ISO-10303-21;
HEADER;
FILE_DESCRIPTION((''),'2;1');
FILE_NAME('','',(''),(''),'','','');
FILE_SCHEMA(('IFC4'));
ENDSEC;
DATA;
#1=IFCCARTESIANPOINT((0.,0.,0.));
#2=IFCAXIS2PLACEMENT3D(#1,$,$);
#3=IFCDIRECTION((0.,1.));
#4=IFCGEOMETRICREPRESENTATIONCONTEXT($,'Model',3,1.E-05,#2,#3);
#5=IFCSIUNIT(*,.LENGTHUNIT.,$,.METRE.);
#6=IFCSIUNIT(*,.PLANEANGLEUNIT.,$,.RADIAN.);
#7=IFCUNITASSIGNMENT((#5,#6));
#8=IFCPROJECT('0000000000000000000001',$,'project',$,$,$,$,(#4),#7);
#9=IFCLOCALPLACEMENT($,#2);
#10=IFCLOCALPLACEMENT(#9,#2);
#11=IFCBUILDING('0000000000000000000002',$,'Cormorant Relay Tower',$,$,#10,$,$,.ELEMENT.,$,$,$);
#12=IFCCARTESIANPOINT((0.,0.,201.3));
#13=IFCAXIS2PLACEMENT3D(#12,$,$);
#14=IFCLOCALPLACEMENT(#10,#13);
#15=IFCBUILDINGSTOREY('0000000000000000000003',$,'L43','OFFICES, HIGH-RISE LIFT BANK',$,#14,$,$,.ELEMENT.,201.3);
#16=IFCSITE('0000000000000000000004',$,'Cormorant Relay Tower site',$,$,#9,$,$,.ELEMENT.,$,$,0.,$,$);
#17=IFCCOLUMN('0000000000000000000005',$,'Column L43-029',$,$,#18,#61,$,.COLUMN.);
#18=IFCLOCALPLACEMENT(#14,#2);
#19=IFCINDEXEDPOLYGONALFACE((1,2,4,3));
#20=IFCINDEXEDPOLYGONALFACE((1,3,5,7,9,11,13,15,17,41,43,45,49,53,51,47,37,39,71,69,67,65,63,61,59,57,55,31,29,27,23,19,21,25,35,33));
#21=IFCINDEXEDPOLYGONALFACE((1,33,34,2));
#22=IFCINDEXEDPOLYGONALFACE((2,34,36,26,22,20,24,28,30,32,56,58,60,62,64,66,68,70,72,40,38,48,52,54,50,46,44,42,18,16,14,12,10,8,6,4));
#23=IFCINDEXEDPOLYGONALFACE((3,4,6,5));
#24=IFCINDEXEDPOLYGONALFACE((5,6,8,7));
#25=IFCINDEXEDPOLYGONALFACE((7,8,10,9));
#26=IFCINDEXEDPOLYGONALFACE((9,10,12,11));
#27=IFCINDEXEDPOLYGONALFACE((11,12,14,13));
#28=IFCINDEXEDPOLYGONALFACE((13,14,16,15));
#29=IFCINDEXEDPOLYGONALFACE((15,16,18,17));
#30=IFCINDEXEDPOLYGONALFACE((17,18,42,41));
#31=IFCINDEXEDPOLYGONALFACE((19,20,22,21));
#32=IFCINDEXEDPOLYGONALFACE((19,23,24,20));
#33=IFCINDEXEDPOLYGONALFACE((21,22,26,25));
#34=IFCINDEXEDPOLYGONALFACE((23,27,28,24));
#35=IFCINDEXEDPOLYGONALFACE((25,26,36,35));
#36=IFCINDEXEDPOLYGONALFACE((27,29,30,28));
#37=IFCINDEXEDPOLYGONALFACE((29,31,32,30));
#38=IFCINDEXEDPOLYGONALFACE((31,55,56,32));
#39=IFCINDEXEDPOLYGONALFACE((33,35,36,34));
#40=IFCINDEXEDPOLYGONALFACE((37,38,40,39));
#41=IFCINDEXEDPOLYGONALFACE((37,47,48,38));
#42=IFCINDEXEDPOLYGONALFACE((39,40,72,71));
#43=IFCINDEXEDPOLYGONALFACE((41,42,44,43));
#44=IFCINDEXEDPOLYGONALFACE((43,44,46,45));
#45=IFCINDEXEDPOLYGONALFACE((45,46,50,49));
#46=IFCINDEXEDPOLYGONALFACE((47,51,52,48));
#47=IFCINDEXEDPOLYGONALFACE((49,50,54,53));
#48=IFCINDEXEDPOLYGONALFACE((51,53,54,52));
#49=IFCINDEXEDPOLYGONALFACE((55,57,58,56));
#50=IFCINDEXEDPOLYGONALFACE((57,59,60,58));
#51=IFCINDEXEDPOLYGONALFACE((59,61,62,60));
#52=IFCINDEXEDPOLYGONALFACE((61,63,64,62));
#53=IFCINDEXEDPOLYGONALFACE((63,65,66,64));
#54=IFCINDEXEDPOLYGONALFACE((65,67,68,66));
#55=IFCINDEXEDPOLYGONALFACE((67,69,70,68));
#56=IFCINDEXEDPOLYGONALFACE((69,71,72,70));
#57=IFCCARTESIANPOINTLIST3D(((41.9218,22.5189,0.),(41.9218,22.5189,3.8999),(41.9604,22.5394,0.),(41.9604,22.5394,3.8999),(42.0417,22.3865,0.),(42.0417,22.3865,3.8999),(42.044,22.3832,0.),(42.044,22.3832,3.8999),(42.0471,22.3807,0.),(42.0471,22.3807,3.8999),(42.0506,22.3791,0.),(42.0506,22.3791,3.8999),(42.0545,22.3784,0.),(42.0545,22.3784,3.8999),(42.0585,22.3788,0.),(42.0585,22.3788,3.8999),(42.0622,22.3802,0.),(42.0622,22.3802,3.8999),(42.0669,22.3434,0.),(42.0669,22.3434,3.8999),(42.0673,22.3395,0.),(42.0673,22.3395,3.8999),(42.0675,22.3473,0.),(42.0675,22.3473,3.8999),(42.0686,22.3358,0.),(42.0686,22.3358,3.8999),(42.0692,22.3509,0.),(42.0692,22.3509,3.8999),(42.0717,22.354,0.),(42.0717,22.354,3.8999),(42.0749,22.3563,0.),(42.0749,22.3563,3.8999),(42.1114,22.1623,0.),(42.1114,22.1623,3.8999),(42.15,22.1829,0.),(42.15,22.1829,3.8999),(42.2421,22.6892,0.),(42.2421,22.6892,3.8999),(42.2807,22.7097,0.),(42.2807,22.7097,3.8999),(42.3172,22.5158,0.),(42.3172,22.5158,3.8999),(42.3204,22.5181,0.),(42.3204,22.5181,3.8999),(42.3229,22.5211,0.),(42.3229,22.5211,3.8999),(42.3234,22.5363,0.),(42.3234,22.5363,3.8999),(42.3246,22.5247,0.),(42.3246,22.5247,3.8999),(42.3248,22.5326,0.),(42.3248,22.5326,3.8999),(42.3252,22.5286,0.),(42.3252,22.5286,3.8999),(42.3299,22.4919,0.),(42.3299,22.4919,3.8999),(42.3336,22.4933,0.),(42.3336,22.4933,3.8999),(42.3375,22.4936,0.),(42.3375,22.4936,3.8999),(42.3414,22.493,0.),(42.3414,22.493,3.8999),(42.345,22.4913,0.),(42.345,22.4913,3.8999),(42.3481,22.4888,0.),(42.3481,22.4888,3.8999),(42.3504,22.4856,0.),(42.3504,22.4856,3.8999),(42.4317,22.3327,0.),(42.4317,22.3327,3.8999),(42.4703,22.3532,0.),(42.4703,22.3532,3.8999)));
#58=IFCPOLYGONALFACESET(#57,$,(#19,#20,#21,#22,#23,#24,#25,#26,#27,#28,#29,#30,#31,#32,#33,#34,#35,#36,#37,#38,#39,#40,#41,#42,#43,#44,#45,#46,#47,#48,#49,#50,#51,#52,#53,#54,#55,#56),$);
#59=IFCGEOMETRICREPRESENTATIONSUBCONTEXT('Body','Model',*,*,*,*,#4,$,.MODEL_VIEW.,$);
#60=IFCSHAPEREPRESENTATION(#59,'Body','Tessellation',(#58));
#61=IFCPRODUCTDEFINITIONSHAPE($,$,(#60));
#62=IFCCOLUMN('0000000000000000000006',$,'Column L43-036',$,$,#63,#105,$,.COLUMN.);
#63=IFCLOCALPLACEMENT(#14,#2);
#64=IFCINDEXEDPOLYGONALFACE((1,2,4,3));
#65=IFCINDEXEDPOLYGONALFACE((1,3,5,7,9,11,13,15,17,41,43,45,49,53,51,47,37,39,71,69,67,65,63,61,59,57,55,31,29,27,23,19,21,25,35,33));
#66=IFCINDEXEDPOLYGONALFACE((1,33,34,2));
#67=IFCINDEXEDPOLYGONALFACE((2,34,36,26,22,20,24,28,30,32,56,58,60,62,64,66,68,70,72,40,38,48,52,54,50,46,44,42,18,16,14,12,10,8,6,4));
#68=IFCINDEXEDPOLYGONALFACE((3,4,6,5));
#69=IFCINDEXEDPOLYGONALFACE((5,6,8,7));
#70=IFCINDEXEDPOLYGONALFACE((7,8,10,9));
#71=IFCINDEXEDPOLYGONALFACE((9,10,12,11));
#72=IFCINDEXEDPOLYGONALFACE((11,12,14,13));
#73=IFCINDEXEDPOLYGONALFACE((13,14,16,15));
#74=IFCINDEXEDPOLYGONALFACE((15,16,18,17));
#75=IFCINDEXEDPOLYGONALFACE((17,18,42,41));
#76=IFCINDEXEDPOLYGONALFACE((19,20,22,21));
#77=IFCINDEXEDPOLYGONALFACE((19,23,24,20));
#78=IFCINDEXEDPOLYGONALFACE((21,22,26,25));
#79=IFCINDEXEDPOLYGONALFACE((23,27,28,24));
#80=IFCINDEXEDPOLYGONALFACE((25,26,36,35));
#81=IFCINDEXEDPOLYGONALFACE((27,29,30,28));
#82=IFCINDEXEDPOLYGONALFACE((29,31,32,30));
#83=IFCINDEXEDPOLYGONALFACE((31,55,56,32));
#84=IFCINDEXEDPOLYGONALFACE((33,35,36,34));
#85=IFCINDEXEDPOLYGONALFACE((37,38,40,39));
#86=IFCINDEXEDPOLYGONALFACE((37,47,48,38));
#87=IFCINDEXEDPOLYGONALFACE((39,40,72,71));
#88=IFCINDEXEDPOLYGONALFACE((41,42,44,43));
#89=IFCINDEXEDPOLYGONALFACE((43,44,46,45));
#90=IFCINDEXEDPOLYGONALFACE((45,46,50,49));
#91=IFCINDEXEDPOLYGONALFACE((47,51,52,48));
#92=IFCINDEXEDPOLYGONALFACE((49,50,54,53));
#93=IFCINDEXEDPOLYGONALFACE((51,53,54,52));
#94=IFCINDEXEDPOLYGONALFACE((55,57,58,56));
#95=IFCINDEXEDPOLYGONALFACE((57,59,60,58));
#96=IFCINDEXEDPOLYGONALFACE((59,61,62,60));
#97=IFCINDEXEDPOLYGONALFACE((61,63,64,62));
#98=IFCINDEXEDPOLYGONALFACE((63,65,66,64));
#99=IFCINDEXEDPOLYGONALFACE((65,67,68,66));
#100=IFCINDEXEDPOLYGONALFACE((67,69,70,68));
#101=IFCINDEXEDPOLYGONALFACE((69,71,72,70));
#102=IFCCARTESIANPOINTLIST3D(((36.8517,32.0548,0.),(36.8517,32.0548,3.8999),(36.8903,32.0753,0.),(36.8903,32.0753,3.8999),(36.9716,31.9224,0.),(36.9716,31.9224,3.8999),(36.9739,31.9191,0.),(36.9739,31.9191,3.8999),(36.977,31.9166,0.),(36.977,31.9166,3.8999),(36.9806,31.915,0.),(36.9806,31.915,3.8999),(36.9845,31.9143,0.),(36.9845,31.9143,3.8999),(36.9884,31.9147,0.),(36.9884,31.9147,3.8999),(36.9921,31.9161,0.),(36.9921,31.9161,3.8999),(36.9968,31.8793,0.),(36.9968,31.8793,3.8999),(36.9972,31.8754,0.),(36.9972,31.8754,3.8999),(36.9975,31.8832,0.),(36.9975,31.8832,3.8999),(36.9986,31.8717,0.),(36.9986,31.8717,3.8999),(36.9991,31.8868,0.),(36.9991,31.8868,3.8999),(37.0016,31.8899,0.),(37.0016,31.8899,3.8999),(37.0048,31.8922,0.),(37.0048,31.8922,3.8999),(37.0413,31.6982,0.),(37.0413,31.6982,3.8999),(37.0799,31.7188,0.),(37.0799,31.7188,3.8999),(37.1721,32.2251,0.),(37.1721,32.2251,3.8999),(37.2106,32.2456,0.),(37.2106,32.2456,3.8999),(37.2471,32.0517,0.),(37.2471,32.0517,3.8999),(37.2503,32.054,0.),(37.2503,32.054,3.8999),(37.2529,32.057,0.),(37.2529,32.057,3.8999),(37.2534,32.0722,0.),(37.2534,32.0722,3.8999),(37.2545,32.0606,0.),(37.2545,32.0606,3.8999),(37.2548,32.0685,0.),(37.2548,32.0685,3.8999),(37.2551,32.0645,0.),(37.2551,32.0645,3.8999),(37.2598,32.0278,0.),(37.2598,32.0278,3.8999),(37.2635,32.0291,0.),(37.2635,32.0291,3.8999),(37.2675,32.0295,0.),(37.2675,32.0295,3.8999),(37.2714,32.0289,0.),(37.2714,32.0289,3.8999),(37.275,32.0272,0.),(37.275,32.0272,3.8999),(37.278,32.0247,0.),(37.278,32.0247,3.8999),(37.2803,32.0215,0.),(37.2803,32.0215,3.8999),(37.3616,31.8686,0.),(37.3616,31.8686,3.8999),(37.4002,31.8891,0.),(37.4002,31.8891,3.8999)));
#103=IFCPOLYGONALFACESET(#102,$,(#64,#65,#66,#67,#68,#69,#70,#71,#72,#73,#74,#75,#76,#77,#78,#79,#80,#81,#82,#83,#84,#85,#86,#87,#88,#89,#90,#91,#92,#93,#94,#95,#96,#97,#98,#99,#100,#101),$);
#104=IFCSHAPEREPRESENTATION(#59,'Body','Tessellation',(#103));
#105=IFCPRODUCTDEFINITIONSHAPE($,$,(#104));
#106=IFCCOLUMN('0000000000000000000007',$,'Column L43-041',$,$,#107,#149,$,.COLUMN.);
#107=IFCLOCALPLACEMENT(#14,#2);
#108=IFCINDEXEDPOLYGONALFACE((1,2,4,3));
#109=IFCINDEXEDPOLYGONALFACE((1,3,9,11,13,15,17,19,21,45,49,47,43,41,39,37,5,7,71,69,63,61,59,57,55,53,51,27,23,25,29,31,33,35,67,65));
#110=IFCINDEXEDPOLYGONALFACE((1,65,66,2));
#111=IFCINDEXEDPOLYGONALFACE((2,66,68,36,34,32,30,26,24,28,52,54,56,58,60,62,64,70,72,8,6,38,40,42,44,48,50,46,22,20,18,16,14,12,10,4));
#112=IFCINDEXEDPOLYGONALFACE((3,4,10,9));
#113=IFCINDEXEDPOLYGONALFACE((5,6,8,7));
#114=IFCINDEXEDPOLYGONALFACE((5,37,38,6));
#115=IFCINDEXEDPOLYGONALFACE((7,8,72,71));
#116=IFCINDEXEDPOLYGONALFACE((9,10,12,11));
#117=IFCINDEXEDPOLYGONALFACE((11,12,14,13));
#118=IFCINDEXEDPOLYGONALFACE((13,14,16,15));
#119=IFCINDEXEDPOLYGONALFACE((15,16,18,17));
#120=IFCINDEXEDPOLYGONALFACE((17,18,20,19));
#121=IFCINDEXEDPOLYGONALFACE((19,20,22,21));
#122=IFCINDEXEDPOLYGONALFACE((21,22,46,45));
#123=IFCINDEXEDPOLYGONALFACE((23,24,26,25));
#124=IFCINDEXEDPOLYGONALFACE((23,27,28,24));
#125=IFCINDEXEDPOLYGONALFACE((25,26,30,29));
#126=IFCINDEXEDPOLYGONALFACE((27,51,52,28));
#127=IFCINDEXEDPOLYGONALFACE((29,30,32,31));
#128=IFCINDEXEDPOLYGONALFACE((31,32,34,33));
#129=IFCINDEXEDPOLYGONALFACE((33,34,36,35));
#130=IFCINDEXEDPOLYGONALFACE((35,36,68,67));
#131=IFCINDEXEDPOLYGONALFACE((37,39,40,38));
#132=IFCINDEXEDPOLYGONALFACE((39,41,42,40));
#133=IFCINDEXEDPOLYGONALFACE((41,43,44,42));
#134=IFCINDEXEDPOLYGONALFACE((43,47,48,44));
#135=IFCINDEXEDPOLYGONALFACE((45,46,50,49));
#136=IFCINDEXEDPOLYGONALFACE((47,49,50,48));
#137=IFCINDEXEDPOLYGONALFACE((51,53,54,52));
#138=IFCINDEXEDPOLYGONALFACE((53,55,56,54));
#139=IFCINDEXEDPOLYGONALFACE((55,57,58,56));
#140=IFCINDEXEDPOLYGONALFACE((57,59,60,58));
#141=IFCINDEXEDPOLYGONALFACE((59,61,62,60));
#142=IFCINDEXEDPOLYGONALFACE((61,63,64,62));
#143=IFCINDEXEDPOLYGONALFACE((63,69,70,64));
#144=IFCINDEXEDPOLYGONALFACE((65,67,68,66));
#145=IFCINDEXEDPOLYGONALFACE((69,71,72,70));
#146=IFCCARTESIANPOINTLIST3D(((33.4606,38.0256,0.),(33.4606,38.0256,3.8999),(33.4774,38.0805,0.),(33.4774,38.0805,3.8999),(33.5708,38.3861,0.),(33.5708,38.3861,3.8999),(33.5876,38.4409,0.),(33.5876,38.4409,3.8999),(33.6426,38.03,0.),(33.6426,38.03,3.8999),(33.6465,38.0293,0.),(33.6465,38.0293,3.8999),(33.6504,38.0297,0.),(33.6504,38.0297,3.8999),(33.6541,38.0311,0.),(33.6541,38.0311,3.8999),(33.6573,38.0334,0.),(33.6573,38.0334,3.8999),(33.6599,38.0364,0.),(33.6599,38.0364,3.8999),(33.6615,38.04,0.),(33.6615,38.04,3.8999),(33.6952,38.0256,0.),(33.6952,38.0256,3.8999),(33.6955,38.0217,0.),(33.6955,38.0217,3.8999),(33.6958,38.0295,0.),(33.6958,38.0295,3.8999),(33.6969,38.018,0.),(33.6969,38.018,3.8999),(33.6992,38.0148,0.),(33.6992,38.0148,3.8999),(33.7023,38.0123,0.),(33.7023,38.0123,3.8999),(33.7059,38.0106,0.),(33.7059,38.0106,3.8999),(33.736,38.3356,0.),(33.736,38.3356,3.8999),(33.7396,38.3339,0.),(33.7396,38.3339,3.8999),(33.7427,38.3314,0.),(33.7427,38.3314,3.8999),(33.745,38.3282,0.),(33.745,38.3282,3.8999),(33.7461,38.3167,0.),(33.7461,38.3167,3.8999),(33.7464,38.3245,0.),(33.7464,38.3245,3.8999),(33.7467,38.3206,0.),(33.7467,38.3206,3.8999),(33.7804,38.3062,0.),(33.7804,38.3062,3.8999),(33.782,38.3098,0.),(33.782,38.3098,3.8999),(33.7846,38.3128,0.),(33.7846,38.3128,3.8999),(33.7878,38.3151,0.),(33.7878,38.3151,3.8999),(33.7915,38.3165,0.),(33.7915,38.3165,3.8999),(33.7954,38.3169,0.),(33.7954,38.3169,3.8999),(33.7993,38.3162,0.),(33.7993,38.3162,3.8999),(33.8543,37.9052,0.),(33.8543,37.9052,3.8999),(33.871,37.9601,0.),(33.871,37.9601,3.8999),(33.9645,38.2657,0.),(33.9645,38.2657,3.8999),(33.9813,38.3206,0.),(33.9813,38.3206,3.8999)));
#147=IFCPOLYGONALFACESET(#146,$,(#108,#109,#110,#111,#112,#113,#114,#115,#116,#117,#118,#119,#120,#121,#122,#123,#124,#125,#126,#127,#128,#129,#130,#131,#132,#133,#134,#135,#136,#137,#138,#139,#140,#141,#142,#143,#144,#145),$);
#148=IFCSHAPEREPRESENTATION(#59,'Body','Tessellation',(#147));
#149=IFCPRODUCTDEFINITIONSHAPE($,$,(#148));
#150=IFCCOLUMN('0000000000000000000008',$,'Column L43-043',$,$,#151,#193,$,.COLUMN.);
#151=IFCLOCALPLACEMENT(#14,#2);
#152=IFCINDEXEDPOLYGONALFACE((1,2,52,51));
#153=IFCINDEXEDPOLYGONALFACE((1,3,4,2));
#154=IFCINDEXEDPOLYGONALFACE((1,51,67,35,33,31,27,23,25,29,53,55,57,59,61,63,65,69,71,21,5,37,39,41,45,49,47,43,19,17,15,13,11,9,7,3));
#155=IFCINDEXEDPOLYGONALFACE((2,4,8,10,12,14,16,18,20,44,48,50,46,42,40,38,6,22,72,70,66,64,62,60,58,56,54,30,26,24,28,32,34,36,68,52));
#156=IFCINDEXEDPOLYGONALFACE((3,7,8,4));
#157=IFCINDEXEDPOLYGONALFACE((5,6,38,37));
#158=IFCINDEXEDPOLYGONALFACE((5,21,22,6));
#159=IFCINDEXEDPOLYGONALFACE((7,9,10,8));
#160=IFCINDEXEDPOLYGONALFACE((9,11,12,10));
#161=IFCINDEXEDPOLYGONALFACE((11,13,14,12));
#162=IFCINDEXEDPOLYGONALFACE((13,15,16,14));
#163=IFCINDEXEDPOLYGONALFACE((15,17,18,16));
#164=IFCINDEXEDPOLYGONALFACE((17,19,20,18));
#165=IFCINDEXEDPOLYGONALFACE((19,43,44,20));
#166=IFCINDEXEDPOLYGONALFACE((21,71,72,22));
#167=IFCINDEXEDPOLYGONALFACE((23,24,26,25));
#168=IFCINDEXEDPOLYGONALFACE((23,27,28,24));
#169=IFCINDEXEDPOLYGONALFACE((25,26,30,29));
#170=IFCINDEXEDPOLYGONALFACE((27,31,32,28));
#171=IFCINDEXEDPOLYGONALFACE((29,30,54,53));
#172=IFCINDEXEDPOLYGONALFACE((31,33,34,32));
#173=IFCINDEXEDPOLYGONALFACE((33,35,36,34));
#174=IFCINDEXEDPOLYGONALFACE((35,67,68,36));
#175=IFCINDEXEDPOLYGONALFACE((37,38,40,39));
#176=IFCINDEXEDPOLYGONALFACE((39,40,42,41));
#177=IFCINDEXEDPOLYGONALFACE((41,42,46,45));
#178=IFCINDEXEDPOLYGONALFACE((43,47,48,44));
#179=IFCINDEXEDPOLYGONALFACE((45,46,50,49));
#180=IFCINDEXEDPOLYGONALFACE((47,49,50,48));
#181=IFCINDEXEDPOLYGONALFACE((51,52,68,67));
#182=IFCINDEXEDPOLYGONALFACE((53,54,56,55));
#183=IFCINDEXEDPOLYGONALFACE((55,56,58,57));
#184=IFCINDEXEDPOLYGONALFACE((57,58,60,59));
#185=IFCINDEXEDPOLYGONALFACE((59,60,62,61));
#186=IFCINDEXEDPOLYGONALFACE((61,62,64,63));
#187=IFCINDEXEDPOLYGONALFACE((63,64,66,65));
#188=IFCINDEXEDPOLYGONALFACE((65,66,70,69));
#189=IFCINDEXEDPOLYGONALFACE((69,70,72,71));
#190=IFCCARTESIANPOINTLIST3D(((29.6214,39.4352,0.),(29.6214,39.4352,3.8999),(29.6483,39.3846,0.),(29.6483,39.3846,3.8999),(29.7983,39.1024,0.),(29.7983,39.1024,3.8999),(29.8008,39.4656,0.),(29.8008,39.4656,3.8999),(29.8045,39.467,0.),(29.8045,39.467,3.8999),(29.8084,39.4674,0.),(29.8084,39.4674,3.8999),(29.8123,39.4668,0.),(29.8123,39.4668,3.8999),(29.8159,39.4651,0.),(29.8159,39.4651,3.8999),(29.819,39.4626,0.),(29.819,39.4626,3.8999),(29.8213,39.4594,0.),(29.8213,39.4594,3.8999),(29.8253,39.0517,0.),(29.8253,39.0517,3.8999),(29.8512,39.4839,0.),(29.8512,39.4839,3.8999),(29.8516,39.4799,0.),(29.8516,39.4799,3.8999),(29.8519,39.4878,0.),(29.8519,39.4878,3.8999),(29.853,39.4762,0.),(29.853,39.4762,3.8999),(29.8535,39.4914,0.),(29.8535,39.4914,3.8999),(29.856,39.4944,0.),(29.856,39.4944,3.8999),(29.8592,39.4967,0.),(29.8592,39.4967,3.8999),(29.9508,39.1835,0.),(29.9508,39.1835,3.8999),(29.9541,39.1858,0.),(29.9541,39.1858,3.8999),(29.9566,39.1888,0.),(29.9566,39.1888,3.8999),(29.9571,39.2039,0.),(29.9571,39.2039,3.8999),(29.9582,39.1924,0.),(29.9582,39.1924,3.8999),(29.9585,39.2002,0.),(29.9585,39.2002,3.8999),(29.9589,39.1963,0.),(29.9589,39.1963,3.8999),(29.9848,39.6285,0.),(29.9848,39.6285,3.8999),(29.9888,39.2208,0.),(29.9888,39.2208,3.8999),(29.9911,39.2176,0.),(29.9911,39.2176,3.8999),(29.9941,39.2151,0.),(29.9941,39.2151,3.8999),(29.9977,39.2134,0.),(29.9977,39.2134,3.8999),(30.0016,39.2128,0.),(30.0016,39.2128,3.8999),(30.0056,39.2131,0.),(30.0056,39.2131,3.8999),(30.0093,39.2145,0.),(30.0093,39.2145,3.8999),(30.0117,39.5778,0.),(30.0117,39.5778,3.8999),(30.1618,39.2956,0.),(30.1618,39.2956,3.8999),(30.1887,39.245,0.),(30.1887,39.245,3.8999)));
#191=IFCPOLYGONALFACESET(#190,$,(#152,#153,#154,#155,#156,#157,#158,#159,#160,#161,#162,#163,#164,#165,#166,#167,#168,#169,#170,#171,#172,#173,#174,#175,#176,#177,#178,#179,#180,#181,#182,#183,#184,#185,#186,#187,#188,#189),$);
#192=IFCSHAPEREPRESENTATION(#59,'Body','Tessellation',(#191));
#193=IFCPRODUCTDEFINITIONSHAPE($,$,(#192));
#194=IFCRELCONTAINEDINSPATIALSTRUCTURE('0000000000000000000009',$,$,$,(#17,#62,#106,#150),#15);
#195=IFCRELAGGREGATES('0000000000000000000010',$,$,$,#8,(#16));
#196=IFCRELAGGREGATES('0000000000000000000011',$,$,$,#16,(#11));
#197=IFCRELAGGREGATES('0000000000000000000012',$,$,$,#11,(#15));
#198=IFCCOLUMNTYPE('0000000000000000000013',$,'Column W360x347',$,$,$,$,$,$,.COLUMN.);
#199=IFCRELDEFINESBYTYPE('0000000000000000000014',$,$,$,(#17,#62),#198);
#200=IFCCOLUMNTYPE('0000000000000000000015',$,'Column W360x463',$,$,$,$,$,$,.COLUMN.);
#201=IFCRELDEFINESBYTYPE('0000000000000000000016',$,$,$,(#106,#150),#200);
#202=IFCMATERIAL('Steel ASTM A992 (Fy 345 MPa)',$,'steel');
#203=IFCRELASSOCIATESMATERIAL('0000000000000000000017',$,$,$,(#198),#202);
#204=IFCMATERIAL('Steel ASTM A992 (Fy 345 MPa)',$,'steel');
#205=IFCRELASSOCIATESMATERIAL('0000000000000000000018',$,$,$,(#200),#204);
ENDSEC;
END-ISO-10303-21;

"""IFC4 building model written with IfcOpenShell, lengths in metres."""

from ifc_helpers import new_model, si_unit, direction, frame, origin, origin_2d, place, context, subcontext, project, spatial, i_section, extrude, material, material_profile, profile_set, type_object, element, save


model = new_model("IFC4")

# Units and contexts
model_context = context("Model", 3, precision=1e-05, world=origin(), true_north=direction((0.0, 1.0)))
body_context = subcontext(model_context, "Body", "Model", "MODEL_VIEW")
ifc_project = project(units=[si_unit("LENGTHUNIT", "METRE"), si_unit("PLANEANGLEUNIT", "RADIAN")], contexts=[model_context])

# Site, building, storey
site_placement = place(None, origin())
site = spatial("IfcSite", under=ifc_project, at=site_placement, Name="Cormorant Relay Tower site", CompositionType="ELEMENT", RefElevation=0.0)
building_placement = place(site_placement, origin())
building = spatial("IfcBuilding", under=site, at=building_placement, Name="Cormorant Relay Tower", CompositionType="ELEMENT")
storey_placement = place(building_placement, frame((0.0, 0.0, 201.3)))
storey = spatial("IfcBuildingStorey", under=building, at=storey_placement, Name="L43", Description="OFFICES, HIGH-RISE LIFT BANK", CompositionType="ELEMENT", Elevation=201.3)

# Columns
ifc_material_1 = material(Name="Steel ASTM A992 (Fy 345 MPa)", Category="steel")
ifc_material_profile_1 = material_profile(ifc_material_1, i_section(OverallWidth=0.4038, OverallDepth=0.4065, WebThickness=0.0271, FlangeThickness=0.0437, FilletRadius=0.0151, at=origin_2d()), Name="W360x347")
ifc_profile_set_1 = profile_set([ifc_material_profile_1], Name="Steel ASTM A992 (Fy 345 MPa)")
column_type_1 = type_object("IfcColumnType", Name="Column W360x347", PredefinedType="COLUMN", material=ifc_profile_set_1)
for number, where, z_axis, x_axis, name in (
    (1, (42.196, 22.436, 0.0), (0.0, 0.0, 1.0), (-0.469472, 0.882948, 0.0), "Column L43-029"),
    (2, (37.126, 31.9719, 0.0), (0.0, 0.0, 1.0), (-0.469472, 0.882948, 0.0), "Column L43-036"),
):
    element("IfcColumn", number, at=place(storey_placement, frame(where, z_axis=z_axis, x_axis=x_axis)), inside=storey, type_object=column_type_1, Name=name, PredefinedType="COLUMN", context=body_context, shape_type="SweptSolid", body=[
        extrude(i_section(OverallWidth=0.4038, OverallDepth=0.4065, WebThickness=0.0271, FlangeThickness=0.0437, FilletRadius=0.0151, at=origin_2d()), origin(), (0.0, 0.0, 1.0), 3.8999),
    ])
ifc_material_2 = material(Name="Steel ASTM A992 (Fy 345 MPa)", Category="steel")
ifc_material_profile_2 = material_profile(ifc_material_2, i_section(OverallWidth=0.4116, OverallDepth=0.4343, WebThickness=0.0359, FlangeThickness=0.0574, FilletRadius=0.0151, at=origin_2d()), Name="W360x463")
ifc_profile_set_2 = profile_set([ifc_material_profile_2], Name="Steel ASTM A992 (Fy 345 MPa)")
column_type_2 = type_object("IfcColumnType", Name="Column W360x463", PredefinedType="COLUMN", material=ifc_profile_set_2)
for number, where, z_axis, x_axis, name in (
    (3, (33.7209, 38.1731, 0.0), (0.0, 0.0, 1.0), (-0.956305, 0.292372, 0.0), "Column L43-041"),
    (4, (29.905, 39.3401, 0.0), (0.0, 0.0, 1.0), (-0.882948, -0.469472, 0.0), "Column L43-043"),
):
    element("IfcColumn", number, at=place(storey_placement, frame(where, z_axis=z_axis, x_axis=x_axis)), inside=storey, type_object=column_type_2, Name=name, PredefinedType="COLUMN", context=body_context, shape_type="SweptSolid", body=[
        extrude(i_section(OverallWidth=0.4116, OverallDepth=0.4343, WebThickness=0.0359, FlangeThickness=0.0574, FilletRadius=0.0151, at=origin_2d()), origin(), (0.0, 0.0, 1.0), 3.8999),
    ])

save(model, "model.ifc")
